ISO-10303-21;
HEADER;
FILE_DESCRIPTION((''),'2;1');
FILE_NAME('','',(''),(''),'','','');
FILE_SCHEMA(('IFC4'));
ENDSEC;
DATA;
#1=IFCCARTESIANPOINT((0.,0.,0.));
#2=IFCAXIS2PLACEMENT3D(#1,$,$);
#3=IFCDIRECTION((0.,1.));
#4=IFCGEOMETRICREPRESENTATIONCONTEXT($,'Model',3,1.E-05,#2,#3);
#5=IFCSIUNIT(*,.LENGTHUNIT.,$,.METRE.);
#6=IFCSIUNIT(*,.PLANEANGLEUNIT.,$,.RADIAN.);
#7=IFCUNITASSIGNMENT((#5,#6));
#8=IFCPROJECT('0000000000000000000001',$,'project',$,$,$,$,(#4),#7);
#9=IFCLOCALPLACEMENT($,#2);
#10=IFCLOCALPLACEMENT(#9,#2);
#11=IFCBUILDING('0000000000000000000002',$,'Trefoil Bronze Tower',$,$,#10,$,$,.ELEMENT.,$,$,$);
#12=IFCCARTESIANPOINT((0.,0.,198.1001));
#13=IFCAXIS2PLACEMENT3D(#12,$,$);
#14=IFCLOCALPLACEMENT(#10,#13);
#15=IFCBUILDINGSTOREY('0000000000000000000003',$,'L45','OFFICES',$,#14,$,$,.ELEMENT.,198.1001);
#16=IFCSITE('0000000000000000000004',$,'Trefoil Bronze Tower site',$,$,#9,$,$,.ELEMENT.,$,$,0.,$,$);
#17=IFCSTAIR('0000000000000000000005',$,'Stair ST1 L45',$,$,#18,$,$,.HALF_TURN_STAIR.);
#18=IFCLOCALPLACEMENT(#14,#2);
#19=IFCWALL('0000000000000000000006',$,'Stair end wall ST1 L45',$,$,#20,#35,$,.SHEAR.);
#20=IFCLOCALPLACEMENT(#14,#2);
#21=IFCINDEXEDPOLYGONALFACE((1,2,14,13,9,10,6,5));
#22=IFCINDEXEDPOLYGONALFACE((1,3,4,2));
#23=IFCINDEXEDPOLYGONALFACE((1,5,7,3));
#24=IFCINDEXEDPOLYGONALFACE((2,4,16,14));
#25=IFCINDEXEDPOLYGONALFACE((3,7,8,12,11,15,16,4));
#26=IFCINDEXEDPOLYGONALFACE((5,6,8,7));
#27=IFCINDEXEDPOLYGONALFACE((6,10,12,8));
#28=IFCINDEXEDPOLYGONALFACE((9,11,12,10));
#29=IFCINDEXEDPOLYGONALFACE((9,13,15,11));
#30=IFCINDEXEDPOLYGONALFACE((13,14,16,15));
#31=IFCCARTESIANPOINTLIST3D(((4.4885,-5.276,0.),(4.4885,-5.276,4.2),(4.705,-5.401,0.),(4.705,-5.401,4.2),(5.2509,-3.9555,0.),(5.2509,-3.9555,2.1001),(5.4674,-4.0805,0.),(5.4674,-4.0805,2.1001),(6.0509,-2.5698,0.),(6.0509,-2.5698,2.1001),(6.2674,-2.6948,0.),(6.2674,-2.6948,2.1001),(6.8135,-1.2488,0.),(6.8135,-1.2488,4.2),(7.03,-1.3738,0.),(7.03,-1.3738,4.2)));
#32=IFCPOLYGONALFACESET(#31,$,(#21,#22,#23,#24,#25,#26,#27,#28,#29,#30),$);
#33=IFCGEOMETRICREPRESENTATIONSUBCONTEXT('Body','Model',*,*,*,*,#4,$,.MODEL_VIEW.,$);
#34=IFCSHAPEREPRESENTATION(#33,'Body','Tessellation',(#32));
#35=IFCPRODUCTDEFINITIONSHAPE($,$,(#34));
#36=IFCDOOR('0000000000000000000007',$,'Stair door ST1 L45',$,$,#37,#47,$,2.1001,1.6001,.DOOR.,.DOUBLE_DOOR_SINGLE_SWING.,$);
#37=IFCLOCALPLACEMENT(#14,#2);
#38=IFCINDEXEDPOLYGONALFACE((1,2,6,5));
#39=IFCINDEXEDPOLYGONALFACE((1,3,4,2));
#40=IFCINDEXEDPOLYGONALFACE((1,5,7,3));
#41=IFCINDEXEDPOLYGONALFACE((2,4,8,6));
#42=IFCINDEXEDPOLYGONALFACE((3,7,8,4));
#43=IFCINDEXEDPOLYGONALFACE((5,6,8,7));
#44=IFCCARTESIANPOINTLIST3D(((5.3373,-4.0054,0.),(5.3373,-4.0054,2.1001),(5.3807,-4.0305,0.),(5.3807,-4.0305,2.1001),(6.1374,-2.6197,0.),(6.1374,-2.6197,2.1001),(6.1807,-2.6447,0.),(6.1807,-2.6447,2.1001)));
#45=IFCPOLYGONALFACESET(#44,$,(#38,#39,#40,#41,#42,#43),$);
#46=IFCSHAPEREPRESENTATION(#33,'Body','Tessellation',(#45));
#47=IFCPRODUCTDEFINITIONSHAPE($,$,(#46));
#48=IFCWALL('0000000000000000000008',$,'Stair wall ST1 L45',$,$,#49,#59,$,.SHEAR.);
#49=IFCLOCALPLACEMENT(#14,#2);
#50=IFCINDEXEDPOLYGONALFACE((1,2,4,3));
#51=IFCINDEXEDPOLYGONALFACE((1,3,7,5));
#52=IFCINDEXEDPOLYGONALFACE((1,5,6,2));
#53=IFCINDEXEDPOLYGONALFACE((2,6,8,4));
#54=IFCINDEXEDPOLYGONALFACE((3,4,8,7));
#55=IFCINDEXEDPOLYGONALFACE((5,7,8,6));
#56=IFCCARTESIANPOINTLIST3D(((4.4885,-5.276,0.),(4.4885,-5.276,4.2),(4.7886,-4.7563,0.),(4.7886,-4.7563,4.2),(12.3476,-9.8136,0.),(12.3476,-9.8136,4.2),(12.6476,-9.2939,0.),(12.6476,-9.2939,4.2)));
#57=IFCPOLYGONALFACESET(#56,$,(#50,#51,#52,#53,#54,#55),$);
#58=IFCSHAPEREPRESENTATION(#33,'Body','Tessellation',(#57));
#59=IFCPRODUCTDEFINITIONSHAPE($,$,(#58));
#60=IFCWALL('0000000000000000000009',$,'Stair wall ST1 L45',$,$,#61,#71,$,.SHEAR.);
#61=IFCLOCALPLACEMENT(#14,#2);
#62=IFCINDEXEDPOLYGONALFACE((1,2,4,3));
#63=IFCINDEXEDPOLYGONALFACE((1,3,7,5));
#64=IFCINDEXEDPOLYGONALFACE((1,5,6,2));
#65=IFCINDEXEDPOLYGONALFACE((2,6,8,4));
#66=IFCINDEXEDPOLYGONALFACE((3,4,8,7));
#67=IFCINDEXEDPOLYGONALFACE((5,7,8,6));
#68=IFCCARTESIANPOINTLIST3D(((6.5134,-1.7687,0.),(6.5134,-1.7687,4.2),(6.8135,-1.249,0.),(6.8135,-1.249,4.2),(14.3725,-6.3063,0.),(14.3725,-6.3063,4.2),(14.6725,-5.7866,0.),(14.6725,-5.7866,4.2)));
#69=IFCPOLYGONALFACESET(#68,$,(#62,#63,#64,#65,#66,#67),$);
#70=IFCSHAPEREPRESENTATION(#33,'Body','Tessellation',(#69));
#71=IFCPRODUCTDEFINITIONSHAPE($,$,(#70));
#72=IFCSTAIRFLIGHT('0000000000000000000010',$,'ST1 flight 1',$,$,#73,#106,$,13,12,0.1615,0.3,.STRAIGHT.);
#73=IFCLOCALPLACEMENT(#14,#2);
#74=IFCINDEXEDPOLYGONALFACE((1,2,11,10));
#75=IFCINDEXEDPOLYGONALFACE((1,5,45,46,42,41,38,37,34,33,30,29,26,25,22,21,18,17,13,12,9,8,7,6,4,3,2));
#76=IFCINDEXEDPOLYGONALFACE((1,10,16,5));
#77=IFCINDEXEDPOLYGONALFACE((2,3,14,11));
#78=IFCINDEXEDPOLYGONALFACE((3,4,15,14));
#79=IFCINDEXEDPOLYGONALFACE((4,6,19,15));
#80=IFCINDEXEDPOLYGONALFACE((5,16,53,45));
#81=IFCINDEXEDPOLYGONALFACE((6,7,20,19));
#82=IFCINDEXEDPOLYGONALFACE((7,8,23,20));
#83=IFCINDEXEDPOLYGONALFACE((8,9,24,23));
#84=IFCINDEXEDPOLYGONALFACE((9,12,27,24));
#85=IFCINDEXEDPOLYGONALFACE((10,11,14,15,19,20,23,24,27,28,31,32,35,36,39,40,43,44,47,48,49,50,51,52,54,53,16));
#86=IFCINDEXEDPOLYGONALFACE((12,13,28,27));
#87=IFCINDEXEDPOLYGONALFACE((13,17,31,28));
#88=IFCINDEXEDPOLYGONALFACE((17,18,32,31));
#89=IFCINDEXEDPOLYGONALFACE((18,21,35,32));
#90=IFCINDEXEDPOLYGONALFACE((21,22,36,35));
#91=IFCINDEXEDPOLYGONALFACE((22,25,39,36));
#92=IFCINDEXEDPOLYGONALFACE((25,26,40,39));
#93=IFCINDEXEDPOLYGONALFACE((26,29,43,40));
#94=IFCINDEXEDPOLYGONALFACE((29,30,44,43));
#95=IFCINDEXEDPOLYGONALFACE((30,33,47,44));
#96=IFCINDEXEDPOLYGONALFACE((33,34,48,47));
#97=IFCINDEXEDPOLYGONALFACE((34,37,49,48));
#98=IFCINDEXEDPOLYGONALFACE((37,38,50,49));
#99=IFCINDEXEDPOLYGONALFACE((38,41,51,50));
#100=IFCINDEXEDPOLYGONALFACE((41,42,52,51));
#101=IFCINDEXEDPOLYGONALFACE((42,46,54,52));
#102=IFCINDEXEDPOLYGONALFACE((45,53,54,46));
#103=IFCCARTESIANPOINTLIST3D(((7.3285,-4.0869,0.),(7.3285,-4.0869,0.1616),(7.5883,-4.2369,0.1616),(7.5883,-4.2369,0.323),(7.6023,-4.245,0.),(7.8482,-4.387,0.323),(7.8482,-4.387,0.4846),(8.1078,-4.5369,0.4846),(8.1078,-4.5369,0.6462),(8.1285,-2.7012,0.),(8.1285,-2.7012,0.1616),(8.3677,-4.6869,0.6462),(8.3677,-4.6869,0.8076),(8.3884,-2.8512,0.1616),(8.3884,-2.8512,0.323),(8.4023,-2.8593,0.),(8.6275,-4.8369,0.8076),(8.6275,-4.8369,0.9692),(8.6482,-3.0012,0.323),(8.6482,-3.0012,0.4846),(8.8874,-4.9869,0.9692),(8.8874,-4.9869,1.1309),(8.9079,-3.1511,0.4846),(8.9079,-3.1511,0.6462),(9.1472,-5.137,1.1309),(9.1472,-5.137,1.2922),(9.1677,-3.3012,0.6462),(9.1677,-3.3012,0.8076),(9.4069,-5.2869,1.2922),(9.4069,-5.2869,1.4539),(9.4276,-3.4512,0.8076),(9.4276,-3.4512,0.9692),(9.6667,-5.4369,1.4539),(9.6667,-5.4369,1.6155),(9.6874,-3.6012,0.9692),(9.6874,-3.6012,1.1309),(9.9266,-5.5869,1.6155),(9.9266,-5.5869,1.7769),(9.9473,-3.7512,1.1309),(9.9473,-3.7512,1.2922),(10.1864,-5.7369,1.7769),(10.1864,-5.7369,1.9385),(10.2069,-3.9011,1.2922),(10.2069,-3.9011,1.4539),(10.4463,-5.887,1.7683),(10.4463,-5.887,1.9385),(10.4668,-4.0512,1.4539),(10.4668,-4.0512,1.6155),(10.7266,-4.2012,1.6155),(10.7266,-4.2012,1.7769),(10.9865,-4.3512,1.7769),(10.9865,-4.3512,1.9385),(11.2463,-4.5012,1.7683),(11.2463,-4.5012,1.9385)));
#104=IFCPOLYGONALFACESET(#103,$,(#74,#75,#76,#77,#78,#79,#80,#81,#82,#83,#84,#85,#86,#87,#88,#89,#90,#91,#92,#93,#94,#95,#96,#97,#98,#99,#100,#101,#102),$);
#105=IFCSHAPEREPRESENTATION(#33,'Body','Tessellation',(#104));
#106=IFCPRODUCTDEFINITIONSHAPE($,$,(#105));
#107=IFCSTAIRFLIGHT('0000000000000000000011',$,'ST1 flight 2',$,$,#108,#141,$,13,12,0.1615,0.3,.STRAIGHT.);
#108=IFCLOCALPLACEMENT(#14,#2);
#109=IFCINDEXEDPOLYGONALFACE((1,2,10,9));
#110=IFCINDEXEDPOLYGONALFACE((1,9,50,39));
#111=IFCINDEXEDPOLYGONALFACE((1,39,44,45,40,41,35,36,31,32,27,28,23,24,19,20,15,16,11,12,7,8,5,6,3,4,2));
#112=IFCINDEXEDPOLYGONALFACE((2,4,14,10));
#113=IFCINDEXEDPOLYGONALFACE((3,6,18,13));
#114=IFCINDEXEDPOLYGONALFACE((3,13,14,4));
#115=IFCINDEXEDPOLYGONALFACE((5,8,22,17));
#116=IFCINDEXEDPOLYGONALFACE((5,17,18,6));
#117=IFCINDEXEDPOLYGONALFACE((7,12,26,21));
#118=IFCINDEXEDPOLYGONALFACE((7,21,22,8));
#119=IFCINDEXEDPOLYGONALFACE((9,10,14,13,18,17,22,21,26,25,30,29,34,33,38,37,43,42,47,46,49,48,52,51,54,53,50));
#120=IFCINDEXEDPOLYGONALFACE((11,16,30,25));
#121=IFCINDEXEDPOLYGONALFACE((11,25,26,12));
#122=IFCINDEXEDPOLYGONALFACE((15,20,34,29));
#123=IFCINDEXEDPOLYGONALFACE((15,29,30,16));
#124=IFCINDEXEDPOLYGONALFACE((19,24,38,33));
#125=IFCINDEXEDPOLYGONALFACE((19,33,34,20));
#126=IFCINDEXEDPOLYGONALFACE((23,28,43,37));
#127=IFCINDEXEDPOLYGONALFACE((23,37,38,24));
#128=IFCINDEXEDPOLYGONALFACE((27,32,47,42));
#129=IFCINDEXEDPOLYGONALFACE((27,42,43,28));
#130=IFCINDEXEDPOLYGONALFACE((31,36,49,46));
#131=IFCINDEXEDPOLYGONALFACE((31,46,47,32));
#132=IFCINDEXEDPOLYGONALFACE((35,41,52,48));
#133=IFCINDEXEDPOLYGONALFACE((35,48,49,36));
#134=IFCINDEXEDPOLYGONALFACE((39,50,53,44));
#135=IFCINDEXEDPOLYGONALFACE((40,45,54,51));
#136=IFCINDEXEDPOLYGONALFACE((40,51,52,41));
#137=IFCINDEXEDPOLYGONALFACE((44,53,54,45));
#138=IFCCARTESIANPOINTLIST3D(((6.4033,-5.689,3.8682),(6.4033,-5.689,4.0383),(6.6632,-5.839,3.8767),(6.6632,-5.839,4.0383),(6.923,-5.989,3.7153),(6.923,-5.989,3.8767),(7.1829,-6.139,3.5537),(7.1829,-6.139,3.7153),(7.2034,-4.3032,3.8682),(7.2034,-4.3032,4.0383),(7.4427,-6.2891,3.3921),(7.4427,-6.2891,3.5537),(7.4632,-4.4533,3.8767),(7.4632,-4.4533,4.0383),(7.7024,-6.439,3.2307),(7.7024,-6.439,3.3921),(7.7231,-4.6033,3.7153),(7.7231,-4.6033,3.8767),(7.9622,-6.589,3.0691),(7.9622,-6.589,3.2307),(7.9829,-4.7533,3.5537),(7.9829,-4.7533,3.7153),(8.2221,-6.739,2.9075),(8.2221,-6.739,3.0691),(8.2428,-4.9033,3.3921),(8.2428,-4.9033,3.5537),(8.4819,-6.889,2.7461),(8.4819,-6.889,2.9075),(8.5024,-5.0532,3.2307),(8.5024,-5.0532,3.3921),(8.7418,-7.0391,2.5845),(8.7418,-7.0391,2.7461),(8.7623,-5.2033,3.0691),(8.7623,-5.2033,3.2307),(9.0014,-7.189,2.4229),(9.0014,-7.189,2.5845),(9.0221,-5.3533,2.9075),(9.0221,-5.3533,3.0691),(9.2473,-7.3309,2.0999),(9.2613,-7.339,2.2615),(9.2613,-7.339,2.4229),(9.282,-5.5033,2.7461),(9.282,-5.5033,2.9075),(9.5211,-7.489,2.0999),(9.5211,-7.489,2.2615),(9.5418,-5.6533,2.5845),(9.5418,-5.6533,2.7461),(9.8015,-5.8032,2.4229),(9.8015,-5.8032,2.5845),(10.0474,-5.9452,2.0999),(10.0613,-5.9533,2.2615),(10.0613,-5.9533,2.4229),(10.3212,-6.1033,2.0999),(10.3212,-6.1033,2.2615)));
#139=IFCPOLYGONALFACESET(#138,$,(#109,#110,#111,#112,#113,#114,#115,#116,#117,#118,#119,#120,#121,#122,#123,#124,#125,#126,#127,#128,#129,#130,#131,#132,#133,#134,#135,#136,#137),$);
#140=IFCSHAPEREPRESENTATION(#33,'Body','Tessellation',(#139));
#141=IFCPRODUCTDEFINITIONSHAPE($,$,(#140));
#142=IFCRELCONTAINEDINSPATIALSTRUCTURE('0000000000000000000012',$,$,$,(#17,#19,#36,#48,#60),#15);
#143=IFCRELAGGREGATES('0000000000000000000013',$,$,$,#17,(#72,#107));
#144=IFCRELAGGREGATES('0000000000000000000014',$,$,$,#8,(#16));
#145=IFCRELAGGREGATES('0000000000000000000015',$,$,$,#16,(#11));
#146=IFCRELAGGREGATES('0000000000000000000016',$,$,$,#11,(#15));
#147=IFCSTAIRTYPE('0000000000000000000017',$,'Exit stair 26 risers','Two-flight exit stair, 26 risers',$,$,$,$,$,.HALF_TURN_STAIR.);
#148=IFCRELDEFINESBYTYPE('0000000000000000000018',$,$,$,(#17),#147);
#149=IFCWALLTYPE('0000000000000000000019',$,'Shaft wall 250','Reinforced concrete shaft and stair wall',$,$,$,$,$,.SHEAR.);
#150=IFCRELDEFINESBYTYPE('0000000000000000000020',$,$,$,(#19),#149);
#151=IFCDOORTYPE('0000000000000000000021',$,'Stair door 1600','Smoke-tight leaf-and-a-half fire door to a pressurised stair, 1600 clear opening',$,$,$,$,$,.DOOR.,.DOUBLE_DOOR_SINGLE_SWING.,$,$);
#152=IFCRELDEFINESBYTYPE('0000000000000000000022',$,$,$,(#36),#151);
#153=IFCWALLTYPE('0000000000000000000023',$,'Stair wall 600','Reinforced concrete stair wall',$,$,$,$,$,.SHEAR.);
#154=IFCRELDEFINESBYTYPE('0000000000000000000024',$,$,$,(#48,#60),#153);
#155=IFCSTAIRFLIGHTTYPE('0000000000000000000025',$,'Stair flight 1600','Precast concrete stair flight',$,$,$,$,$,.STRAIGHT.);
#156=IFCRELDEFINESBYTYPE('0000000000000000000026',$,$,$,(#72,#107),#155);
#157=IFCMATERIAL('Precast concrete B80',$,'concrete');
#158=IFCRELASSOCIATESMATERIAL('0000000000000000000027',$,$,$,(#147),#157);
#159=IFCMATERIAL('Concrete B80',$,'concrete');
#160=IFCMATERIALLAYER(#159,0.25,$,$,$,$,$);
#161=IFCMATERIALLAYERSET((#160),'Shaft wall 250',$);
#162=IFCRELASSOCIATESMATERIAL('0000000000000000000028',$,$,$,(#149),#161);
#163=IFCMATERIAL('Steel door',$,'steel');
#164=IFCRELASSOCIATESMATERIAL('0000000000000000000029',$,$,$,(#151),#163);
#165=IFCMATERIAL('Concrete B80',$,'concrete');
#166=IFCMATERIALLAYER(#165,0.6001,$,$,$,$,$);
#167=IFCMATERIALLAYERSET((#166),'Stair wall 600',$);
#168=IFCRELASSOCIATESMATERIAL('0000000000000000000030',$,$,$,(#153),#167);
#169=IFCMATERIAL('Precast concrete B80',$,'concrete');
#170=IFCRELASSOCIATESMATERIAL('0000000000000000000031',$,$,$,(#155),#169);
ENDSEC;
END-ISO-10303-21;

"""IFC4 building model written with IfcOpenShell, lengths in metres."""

from ifc_helpers import new_model, si_unit, direction, frame, frame_2d, origin, place, context, subcontext, project, spatial, polyline, rectangle, outline, extrude, material, layer, layer_set, type_object, element, fill, aggregate, save


model = new_model("IFC4")

# Units and contexts
model_context = context("Model", 3, precision=1e-05, world=origin(), true_north=direction((0.0, 1.0)))
body_context = subcontext(model_context, "Body", "Model", "MODEL_VIEW")
ifc_project = project(units=[si_unit("LENGTHUNIT", "METRE"), si_unit("PLANEANGLEUNIT", "RADIAN")], contexts=[model_context])

# Site, building, storey
site_placement = place(None, origin())
site = spatial("IfcSite", under=ifc_project, at=site_placement, Name="Trefoil Bronze Tower site", CompositionType="ELEMENT", RefElevation=0.0)
building_placement = place(site_placement, origin())
building = spatial("IfcBuilding", under=site, at=building_placement, Name="Trefoil Bronze Tower", CompositionType="ELEMENT")
storey_placement = place(building_placement, frame((0.0, 0.0, 198.1001)))
storey = spatial("IfcBuildingStorey", under=building, at=storey_placement, Name="L45", Description="OFFICES", CompositionType="ELEMENT", Elevation=198.1001)

# Stair
ifc_material_1 = material(Name="Precast concrete B80", Category="concrete")
stair_type = type_object("IfcStairType", Name="Exit stair 26 risers", Description="Two-flight exit stair, 26 risers", PredefinedType="HALF_TURN_STAIR", material=ifc_material_1)
stair_1_placement = place(storey_placement, origin())
stair_1 = element("IfcStair", 1, at=stair_1_placement, inside=storey, type_object=stair_type, Name="Stair ST1 L45", PredefinedType="HALF_TURN_STAIR")

# Wall, opening, door
ifc_material_2 = material(Name="Concrete B80", Category="concrete")
ifc_layer_1 = layer(ifc_material_2, 0.25)
ifc_layer_set_1 = layer_set([ifc_layer_1], Name="Shaft wall 250")
wall_type_1 = type_object("IfcWallType", Name="Shaft wall 250", Description="Reinforced concrete shaft and stair wall", PredefinedType="SHEAR", material=ifc_layer_set_1)
wall_1_placement = place(storey_placement, frame((4.5967, -5.3386, 0.0), z_axis=(0.0, 0.0, 1.0), x_axis=(0.499985, 0.866034, 0.0)))
wall_1 = element("IfcWall", 2, at=wall_1_placement, inside=storey, type_object=wall_type_1, Name="Stair end wall ST1 L45", PredefinedType="SHEAR", context=body_context, shape_type="SweptSolid", body=[
    extrude(rectangle(XDim=4.6501, YDim=0.25, at=frame_2d((2.3252, 0.0))), origin(), (0.0, 0.0, 1.0), 4.2),
])
opening_1_placement = place(wall_1_placement, frame((1.5249, 0.0, 0.0)))
opening_1 = element("IfcOpeningElement", 3, at=opening_1_placement, cuts=wall_1, PredefinedType="OPENING", context=body_context, shape_type="SweptSolid", body=[
    extrude(rectangle(XDim=1.6001, YDim=2.1001, at=frame_2d((0.8, 1.05))), frame((0.0, 0.135, 0.0), z_axis=(0.0, -1.0, 0.0), x_axis=(1.0, 0.0, 0.0)), (0.0, 0.0, 1.0), 0.27),
])
ifc_material_3 = material(Name="Steel door", Category="steel")
door_type_1 = type_object("IfcDoorType", Name="Stair door 1600", Description="Smoke-tight leaf-and-a-half fire door to a pressurised stair, 1600 clear opening", OperationType="DOUBLE_DOOR_SINGLE_SWING", PredefinedType="DOOR", material=ifc_material_3)
door_1_placement = place(opening_1_placement, frame((1.6001, 0.0, 0.0), z_axis=(0.0, 0.0, 1.0), x_axis=(-1.0, 0.0, 0.0)))
door_1 = element("IfcDoor", 4, at=door_1_placement, inside=storey, type_object=door_type_1, Name="Stair door ST1 L45", OperationType="DOUBLE_DOOR_SINGLE_SWING", OverallHeight=2.1001, OverallWidth=1.6001, PredefinedType="DOOR", context=body_context, shape_type="SweptSolid", body=[
    extrude(rectangle(XDim=1.6001, YDim=2.1001, at=frame_2d((0.8, 1.05))), frame((0.0, 0.0249, 0.0), z_axis=(0.0, -1.0, 0.0), x_axis=(1.0, 0.0, 0.0)), (0.0, 0.0, 1.0), 0.05),
])
fill(opening_1, door_1)

# Walls
ifc_material_4 = material(Name="Concrete B80", Category="concrete")
ifc_layer_2 = layer(ifc_material_4, 0.6001)
ifc_layer_set_2 = layer_set([ifc_layer_2], Name="Stair wall 600")
wall_type_2 = type_object("IfcWallType", Name="Stair wall 600", Description="Reinforced concrete stair wall", PredefinedType="SHEAR", material=ifc_layer_set_2)
for number, where, z_axis, x_axis, name in (
    (5, (4.6384, -5.0161, 0.0), (0.0, 0.0, 1.0), (0.866019, -0.50001, 0.0), "Stair wall ST1 L45"),
    (6, (6.6633, -1.5088, 0.0), (0.0, 0.0, 1.0), (0.866019, -0.50001, 0.0), "Stair wall ST1 L45"),
):
    element("IfcWall", number, at=place(storey_placement, frame(where, z_axis=z_axis, x_axis=x_axis)), inside=storey, type_object=wall_type_2, Name=name, PredefinedType="SHEAR", context=body_context, shape_type="SweptSolid", body=[
        extrude(rectangle(XDim=9.075, YDim=0.6001, at=frame_2d((4.5376, 0.0))), origin(), (0.0, 0.0, 1.0), 4.2),
    ])

# Stair flights
ifc_material_5 = material(Name="Precast concrete B80", Category="concrete")
stair_flight_type = type_object("IfcStairFlightType", Name="Stair flight 1600", Description="Precast concrete stair flight", PredefinedType="STRAIGHT", material=ifc_material_5)
stair_flight_1_placement = place(storey_placement, frame((7.7285, -3.394, 0.0), z_axis=(0.0, 0.0, 1.0), x_axis=(0.866025, -0.5, 0.0)))
stair_flight_1 = element("IfcStairFlight", 7, at=stair_flight_1_placement, type_object=stair_flight_type, Name="ST1 flight 1", NumberOfRisers=13, NumberOfTreads=12, PredefinedType="STRAIGHT", RiserHeight=0.1615, TreadLength=0.3, context=body_context, shape_type="SweptSolid", body=[
    extrude(outline(polyline([(0.0, 0.0), (0.0, 0.1616), (0.3, 0.1616), (0.3, 0.323), (0.6001, 0.323), (0.6001, 0.4846), (0.8999, 0.4846), (0.8999, 0.6462), (1.2, 0.6462), (1.2, 0.8076), (1.5, 0.8076), (1.5, 0.9692), (1.8, 0.9692), (1.8, 1.1309), (2.1001, 1.1309), (2.1001, 1.2922), (2.3999, 1.2922), (2.3999, 1.4539), (2.7, 1.4539), (2.7, 1.6155), (3.0, 1.6155), (3.0, 1.7769), (3.3, 1.7769), (3.3, 1.9385), (3.6001, 1.9385), (3.6001, 2.1001), (3.6001, 1.7683), (0.3162, 0.0), (0.0, 0.0)])), frame((0.0, 0.8, 0.0), z_axis=(0.0, -1.0, 0.0), x_axis=(1.0, 0.0, 0.0)), (0.0, 0.0, 1.0), 1.6001),
])
stair_flight_2_placement = place(storey_placement, frame((9.9211, -6.7961, 2.0999), z_axis=(0.0, 0.0, 1.0), x_axis=(-0.866025, 0.5, 0.0)))
stair_flight_2 = element("IfcStairFlight", 8, at=stair_flight_2_placement, type_object=stair_flight_type, Name="ST1 flight 2", NumberOfRisers=13, NumberOfTreads=12, PredefinedType="STRAIGHT", RiserHeight=0.1615, TreadLength=0.3, context=body_context, shape_type="SweptSolid", body=[
    extrude(outline(polyline([(0.0, 0.0), (0.0, 0.1616), (0.3, 0.1616), (0.3, 0.323), (0.6001, 0.323), (0.6001, 0.4846), (0.8999, 0.4846), (0.8999, 0.6462), (1.2, 0.6462), (1.2, 0.8076), (1.5, 0.8076), (1.5, 0.9692), (1.8, 0.9692), (1.8, 1.1309), (2.1001, 1.1309), (2.1001, 1.2922), (2.3999, 1.2922), (2.3999, 1.4539), (2.7, 1.4539), (2.7, 1.6155), (3.0, 1.6155), (3.0, 1.7769), (3.3, 1.7769), (3.3, 1.9385), (3.6001, 1.9385), (3.6001, 2.1001), (3.6001, 1.7683), (0.3162, 0.0), (0.0, 0.0)])), frame((0.0, 0.8, 0.0), z_axis=(0.0, -1.0, 0.0), x_axis=(1.0, 0.0, 0.0)), (0.0, 0.0, 1.0), 1.6001),
])
aggregate(stair_1, [stair_flight_1, stair_flight_2])

save(model, "model.ifc")
